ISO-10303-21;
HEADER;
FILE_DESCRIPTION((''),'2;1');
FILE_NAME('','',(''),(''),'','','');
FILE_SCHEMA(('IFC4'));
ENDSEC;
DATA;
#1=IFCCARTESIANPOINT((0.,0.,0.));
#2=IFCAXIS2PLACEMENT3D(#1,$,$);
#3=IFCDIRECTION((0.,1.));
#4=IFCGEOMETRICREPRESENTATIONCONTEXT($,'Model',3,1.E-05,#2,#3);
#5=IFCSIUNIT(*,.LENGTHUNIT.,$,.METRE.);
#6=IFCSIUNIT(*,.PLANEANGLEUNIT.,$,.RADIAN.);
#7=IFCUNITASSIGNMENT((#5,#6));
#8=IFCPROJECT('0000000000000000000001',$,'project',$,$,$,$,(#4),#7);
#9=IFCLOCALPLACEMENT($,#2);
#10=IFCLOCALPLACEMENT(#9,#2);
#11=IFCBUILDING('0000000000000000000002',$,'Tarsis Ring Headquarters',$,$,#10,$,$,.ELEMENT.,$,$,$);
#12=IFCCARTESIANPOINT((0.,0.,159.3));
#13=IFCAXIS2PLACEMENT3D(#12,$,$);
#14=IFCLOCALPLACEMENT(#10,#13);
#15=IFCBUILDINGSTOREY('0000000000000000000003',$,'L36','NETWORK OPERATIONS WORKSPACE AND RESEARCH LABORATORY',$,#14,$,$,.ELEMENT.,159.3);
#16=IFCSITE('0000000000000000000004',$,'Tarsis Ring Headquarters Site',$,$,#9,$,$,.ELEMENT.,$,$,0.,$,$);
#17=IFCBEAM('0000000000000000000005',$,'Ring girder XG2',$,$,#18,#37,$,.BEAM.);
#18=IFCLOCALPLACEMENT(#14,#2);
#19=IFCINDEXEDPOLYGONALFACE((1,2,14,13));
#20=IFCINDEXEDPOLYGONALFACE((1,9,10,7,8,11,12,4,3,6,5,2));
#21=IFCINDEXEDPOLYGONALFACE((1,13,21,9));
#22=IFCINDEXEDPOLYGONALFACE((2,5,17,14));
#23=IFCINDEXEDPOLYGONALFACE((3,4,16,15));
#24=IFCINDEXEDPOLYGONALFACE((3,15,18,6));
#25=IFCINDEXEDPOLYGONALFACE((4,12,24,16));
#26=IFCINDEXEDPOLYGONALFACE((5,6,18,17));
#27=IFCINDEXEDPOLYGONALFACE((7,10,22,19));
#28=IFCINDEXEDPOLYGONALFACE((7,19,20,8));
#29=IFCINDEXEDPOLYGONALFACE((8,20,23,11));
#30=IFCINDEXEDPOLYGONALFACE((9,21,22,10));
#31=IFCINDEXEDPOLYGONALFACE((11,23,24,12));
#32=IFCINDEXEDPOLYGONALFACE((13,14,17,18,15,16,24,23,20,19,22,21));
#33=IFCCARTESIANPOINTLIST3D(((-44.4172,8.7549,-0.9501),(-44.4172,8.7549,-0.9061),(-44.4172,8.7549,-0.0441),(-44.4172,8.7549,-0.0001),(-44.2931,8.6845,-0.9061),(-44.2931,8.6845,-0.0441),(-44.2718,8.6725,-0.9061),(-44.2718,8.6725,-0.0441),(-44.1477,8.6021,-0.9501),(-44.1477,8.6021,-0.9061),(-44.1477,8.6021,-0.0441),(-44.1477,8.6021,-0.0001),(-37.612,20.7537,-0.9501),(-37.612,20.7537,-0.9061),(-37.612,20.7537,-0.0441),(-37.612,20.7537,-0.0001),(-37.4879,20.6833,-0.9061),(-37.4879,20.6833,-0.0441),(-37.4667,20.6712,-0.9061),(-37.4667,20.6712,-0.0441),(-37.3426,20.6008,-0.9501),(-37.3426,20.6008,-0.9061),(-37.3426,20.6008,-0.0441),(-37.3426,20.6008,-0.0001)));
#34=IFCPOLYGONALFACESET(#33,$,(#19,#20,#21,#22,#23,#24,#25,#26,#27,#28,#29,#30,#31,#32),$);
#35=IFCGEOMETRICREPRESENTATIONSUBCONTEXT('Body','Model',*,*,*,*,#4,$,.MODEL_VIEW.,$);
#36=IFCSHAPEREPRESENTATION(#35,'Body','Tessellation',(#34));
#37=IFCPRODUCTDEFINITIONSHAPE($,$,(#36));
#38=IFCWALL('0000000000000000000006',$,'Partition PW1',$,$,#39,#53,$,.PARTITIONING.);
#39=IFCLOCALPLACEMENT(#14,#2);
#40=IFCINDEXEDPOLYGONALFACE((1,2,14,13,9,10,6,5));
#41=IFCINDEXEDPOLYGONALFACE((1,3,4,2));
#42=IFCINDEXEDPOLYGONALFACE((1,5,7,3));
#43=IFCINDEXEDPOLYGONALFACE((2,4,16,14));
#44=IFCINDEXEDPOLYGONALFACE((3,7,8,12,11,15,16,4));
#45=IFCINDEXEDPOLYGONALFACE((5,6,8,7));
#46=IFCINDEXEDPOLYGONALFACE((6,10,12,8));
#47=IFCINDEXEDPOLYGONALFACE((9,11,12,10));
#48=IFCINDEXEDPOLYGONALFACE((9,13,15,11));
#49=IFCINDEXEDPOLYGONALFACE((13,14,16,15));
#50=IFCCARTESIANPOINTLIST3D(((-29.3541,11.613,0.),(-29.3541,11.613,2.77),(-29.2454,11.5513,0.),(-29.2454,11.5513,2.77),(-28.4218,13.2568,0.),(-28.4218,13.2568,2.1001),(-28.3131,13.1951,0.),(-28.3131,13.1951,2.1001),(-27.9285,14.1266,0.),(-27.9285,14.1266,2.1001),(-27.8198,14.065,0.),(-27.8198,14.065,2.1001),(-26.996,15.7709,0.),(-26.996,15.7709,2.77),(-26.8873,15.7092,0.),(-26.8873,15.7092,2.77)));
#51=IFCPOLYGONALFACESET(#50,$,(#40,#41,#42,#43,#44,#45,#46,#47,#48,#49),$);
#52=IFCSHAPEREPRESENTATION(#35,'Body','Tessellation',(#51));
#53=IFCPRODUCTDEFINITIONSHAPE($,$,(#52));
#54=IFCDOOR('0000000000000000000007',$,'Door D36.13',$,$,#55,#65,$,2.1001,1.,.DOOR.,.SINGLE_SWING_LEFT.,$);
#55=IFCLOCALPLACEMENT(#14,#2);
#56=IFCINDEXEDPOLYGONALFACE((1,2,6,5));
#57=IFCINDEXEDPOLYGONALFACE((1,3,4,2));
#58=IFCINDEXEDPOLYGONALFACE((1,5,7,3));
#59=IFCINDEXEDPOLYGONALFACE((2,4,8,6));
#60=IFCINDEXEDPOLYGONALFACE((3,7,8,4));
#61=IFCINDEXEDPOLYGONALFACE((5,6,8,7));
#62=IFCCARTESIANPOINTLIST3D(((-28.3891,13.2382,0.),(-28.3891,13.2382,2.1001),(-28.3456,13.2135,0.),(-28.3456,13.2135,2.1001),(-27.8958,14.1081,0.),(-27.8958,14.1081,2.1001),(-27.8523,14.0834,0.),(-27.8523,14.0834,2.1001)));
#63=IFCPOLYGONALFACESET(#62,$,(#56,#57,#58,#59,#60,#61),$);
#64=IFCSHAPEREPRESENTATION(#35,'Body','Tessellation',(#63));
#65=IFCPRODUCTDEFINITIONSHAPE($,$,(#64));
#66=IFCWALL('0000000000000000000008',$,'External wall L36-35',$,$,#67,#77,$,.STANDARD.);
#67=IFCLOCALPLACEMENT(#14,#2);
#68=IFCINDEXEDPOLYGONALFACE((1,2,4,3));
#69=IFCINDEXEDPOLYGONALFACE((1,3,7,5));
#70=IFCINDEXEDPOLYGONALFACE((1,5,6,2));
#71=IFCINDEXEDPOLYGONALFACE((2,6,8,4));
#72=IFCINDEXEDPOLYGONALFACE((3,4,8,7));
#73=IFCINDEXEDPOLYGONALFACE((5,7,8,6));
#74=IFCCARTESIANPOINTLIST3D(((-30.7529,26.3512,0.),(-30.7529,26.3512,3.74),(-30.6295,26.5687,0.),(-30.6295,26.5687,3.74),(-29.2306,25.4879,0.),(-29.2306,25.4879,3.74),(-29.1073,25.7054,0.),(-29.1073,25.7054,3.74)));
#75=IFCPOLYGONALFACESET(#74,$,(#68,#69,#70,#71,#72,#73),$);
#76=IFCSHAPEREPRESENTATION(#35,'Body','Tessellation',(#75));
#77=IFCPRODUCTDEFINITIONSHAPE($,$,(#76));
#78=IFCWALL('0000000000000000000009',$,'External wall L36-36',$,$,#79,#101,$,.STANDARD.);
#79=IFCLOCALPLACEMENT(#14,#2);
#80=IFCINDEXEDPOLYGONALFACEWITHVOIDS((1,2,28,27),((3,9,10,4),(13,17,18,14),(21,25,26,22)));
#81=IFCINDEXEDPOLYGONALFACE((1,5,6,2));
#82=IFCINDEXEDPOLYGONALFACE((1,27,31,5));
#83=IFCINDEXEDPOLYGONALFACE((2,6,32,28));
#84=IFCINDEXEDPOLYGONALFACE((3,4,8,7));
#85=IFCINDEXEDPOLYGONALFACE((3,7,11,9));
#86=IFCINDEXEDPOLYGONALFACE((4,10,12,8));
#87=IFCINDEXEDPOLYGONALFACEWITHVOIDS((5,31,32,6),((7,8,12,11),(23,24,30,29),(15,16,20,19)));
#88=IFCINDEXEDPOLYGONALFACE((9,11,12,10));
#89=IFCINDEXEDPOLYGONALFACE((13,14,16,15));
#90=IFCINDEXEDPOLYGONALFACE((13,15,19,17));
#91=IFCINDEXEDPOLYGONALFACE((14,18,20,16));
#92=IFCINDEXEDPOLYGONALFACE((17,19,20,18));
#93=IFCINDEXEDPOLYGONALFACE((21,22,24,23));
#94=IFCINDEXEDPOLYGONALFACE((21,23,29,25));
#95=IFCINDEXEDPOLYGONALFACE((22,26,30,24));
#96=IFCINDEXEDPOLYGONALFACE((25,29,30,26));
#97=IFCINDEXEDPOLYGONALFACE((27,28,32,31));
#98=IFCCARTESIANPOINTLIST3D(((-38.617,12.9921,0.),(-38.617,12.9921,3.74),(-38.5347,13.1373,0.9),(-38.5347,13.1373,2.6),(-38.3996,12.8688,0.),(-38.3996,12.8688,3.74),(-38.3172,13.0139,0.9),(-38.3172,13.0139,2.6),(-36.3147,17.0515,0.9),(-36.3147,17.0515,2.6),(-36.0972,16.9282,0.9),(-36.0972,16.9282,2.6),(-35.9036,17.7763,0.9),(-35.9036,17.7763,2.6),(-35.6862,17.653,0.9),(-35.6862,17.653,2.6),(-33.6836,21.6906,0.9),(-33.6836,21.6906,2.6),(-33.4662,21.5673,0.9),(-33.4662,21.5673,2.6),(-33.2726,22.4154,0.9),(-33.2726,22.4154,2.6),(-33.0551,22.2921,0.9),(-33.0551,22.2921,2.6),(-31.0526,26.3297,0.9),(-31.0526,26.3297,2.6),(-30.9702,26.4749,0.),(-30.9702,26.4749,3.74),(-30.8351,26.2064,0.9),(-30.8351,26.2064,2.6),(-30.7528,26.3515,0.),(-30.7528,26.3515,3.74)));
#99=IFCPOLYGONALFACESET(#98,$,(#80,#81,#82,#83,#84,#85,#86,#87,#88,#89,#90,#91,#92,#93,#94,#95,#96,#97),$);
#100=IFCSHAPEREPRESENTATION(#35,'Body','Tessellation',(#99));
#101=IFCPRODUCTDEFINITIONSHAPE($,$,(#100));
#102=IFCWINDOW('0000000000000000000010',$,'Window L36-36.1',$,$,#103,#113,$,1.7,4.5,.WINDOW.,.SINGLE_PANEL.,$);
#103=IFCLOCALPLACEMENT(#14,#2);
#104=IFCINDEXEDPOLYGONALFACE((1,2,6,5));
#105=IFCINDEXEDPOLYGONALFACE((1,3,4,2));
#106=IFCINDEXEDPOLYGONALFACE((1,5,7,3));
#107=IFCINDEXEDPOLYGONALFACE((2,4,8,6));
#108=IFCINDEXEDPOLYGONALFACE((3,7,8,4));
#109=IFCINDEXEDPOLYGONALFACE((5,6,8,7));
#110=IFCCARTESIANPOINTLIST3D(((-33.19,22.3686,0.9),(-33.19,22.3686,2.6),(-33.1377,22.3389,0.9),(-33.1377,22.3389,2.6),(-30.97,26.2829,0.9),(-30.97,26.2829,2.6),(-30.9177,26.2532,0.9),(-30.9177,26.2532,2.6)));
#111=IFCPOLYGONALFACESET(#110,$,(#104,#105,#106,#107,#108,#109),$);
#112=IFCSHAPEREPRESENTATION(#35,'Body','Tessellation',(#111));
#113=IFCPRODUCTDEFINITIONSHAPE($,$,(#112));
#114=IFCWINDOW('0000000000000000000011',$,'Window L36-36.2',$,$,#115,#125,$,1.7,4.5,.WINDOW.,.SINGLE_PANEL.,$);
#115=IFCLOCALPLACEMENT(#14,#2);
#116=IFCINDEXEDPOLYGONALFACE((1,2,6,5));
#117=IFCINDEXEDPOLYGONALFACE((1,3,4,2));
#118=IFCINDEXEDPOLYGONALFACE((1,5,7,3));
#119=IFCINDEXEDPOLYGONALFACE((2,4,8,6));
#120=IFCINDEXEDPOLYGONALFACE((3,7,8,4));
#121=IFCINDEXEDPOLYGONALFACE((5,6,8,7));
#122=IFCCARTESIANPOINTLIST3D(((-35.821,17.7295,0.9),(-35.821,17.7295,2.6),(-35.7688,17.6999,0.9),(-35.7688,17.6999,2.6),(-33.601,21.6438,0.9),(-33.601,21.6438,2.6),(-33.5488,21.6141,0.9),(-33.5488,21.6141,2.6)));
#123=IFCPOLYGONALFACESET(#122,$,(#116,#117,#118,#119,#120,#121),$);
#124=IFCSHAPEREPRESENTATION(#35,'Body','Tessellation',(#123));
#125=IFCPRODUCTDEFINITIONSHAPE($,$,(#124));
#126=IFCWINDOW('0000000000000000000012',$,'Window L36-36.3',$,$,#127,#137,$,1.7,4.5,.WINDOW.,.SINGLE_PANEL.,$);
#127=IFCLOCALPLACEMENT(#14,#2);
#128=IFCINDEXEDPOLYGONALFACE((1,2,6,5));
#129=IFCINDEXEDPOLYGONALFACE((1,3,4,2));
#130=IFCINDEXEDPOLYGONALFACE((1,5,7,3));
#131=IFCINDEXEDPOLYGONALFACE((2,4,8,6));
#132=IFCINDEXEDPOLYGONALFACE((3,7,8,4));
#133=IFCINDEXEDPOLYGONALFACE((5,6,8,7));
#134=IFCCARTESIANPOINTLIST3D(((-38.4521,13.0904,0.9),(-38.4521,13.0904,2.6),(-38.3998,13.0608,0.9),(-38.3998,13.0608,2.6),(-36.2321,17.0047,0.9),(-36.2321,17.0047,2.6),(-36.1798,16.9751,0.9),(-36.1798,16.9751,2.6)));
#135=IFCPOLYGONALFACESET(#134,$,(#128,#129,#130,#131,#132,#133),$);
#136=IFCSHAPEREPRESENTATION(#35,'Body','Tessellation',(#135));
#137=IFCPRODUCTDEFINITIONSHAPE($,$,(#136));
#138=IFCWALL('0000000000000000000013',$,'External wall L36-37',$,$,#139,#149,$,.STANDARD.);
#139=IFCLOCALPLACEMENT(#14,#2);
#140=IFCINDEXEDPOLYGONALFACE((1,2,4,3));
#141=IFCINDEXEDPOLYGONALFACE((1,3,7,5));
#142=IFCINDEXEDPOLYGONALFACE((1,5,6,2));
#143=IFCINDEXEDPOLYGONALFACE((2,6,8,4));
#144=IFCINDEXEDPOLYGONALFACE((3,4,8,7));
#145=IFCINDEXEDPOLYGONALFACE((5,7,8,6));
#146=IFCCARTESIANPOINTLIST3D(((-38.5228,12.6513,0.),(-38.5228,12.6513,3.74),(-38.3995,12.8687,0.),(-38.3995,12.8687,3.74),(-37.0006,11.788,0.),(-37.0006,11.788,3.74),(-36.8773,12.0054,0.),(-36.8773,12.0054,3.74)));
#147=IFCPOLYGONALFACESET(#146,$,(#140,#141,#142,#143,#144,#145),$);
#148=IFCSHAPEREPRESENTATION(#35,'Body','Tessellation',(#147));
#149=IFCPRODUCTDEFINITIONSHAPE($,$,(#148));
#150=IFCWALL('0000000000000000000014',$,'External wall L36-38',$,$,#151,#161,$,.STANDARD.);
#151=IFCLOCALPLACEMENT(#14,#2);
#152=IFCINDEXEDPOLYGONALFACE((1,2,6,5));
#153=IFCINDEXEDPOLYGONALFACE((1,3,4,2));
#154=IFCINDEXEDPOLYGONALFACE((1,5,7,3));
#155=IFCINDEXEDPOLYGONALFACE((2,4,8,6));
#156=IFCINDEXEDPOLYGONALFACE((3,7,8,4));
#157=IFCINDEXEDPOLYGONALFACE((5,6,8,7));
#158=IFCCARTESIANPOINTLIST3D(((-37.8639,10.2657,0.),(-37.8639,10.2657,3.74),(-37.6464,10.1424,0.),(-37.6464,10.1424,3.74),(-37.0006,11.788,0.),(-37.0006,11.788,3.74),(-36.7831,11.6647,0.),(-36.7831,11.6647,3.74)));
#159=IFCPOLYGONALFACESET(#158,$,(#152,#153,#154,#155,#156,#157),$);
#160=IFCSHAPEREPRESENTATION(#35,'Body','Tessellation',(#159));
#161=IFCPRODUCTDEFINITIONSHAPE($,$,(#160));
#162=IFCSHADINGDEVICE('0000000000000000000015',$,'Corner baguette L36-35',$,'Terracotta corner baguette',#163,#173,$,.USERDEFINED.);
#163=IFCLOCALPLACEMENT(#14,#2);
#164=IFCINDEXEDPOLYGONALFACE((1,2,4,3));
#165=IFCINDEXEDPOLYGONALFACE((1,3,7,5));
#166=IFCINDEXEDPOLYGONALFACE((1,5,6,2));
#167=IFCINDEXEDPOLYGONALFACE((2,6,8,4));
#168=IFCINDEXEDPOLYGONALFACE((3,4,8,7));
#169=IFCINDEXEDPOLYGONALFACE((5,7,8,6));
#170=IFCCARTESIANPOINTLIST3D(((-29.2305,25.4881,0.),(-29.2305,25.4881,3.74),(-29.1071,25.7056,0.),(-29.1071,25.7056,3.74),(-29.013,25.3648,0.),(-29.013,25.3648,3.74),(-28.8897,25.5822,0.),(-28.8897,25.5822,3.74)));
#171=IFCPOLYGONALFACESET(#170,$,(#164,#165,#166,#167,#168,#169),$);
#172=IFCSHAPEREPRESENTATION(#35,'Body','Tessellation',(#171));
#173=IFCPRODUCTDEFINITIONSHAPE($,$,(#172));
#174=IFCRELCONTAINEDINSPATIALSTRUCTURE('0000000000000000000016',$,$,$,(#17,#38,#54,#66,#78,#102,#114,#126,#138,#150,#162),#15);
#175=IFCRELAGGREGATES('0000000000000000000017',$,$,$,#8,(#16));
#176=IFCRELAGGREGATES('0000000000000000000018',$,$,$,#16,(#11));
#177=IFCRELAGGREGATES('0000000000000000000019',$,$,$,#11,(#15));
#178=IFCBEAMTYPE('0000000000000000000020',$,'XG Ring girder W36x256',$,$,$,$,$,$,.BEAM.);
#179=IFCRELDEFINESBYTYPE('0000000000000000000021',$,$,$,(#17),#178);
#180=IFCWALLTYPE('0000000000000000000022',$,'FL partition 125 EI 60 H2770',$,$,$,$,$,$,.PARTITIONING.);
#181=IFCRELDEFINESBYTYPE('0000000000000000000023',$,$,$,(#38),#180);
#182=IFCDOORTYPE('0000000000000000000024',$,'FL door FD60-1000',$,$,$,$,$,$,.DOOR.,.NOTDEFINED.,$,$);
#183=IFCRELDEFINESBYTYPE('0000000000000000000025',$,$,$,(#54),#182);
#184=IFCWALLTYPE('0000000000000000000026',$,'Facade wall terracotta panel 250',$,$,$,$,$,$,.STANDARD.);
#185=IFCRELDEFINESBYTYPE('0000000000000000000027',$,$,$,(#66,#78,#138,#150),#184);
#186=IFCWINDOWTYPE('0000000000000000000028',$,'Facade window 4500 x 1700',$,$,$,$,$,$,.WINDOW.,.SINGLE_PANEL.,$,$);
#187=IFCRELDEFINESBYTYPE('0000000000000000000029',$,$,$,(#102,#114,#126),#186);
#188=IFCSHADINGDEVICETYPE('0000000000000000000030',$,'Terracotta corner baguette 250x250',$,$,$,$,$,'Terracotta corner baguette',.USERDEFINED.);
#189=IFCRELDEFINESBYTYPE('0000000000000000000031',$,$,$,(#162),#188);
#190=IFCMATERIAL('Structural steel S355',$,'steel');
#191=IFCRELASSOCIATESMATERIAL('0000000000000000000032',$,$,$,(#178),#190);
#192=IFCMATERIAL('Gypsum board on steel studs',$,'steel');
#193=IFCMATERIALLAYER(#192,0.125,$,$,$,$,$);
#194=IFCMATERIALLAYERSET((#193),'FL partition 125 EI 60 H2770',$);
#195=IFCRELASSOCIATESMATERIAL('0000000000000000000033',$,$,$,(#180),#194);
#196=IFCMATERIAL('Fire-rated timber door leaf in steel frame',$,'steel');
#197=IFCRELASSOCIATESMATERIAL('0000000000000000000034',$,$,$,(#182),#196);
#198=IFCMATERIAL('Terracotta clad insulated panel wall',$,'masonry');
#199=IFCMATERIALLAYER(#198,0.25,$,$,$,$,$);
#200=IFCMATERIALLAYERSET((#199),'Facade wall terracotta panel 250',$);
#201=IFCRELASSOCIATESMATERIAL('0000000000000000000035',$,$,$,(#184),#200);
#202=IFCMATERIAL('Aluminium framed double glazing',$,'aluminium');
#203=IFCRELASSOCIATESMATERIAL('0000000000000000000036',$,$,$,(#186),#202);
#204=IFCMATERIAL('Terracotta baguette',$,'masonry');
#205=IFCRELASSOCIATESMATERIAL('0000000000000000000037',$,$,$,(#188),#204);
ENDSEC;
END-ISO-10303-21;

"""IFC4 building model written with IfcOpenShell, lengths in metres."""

from ifc_helpers import new_model, si_unit, direction, frame, frame_2d, origin, origin_2d, place, context, subcontext, project, spatial, rectangle, i_section, extrude, material, layer, layer_set, material_profile, profile_set, type_object, element, fill, save


model = new_model("IFC4")

# Units and contexts
model_context = context("Model", 3, precision=1e-05, world=origin(), true_north=direction((0.0, 1.0)))
body_context = subcontext(model_context, "Body", "Model", "MODEL_VIEW")
ifc_project = project(units=[si_unit("LENGTHUNIT", "METRE"), si_unit("PLANEANGLEUNIT", "RADIAN")], contexts=[model_context])

# Site, building, storey
site_placement = place(None, origin())
site = spatial("IfcSite", under=ifc_project, at=site_placement, Name="Tarsis Ring Headquarters Site", CompositionType="ELEMENT", RefElevation=0.0)
building_placement = place(site_placement, origin())
building = spatial("IfcBuilding", under=site, at=building_placement, Name="Tarsis Ring Headquarters", CompositionType="ELEMENT")
storey_placement = place(building_placement, frame((0.0, 0.0, 159.3)))
storey = spatial("IfcBuildingStorey", under=building, at=storey_placement, Name="L36", Description="NETWORK OPERATIONS WORKSPACE AND RESEARCH LABORATORY", CompositionType="ELEMENT", Elevation=159.3)

# Shared definitions
ifc_material_1 = material(Name="Structural steel S355", Category="steel")

# Beam
ifc_material_profile_1 = material_profile(ifc_material_1, i_section(OverallWidth=0.3098, OverallDepth=0.95, WebThickness=0.0244, FlangeThickness=0.0439, at=origin_2d()), Name="W36x256")
ifc_profile_set_1 = profile_set([ifc_material_profile_1], Name="Structural steel S355")
beam_type = type_object("IfcBeamType", Name="XG Ring girder W36x256", PredefinedType="BEAM", material=ifc_profile_set_1)
beam_1_placement = place(storey_placement, frame((-37.4773, 20.6772, -0.4751), z_axis=(-0.493335, -0.86984, 0.0), x_axis=(0.86984, -0.493335, 0.0)))
element("IfcBeam", 1, at=beam_1_placement, inside=storey, type_object=beam_type, Name="Ring girder XG2", PredefinedType="BEAM", context=body_context, shape_type="SweptSolid", body=[
    extrude(i_section(OverallWidth=0.3098, OverallDepth=0.95, WebThickness=0.0244, FlangeThickness=0.0439, at=origin_2d()), origin(), (0.0, 0.0, 1.0), 13.7942),
])

# Wall, opening, door
ifc_material_2 = material(Name="Gypsum board on steel studs", Category="steel")
ifc_layer_1 = layer(ifc_material_2, 0.125)
ifc_layer_set_1 = layer_set([ifc_layer_1], Name="FL partition 125 EI 60 H2770")
wall_type_1 = type_object("IfcWallType", Name="FL partition 125 EI 60 H2770", PredefinedType="PARTITIONING", material=ifc_layer_set_1)
wall_1_placement = place(storey_placement, frame((-29.2998, 11.582, 0.0), z_axis=(0.0, 0.0, 1.0), x_axis=(0.493326, 0.869845, 0.0)))
wall_1 = element("IfcWall", 2, at=wall_1_placement, inside=storey, type_object=wall_type_1, Name="Partition PW1", PredefinedType="PARTITIONING", context=body_context, shape_type="SweptSolid", body=[
    extrude(rectangle(XDim=4.78, YDim=0.125, at=frame_2d((2.3901, 0.0))), origin(), (0.0, 0.0, 1.0), 2.77),
])
opening_1_placement = place(wall_1_placement, frame((1.8899, 0.0, 0.0)))
opening_1 = element("IfcOpeningElement", 3, at=opening_1_placement, cuts=wall_1, PredefinedType="OPENING", context=body_context, shape_type="SweptSolid", body=[
    extrude(rectangle(XDim=1.0, YDim=2.1001, at=frame_2d((0.5, 1.05))), frame((0.0, 0.0725, 0.0), z_axis=(0.0, -1.0, 0.0), x_axis=(1.0, 0.0, 0.0)), (0.0, 0.0, 1.0), 0.145),
])
ifc_material_3 = material(Name="Fire-rated timber door leaf in steel frame", Category="steel")
door_type = type_object("IfcDoorType", Name="FL door FD60-1000", OperationType="NOTDEFINED", PredefinedType="DOOR", material=ifc_material_3)
door_placement = place(opening_1_placement, origin())
door = element("IfcDoor", 4, at=door_placement, inside=storey, type_object=door_type, Name="Door D36.13", OperationType="SINGLE_SWING_LEFT", OverallHeight=2.1001, OverallWidth=1.0, PredefinedType="DOOR", context=body_context, shape_type="SweptSolid", body=[
    extrude(rectangle(XDim=1.0, YDim=2.1001, at=frame_2d((0.5, 1.05))), frame((0.0, 0.0249, 0.0), z_axis=(0.0, -1.0, 0.0), x_axis=(1.0, 0.0, 0.0)), (0.0, 0.0, 1.0), 0.05),
])
fill(opening_1, door)

# Wall
ifc_material_4 = material(Name="Terracotta clad insulated panel wall", Category="masonry")
ifc_layer_2 = layer(ifc_material_4, 0.25)
ifc_layer_set_2 = layer_set([ifc_layer_2], Name="Facade wall terracotta panel 250")
wall_type_2 = type_object("IfcWallType", Name="Facade wall terracotta panel 250", PredefinedType="STANDARD", material=ifc_layer_set_2)
wall_2_placement = place(storey_placement, frame((-29.1689, 25.5967, 0.0), z_axis=(0.0, 0.0, 1.0), x_axis=(-0.869853, 0.493312, 0.0)))
element("IfcWall", 5, at=wall_2_placement, inside=storey, type_object=wall_type_2, Name="External wall L36-35", PredefinedType="STANDARD", context=body_context, shape_type="SweptSolid", body=[
    extrude(rectangle(XDim=1.75, YDim=0.25, at=frame_2d((0.875, 0.0))), origin(), (0.0, 0.0, 1.0), 3.74),
])

# Wall, openings, windows
wall_3_placement = place(storey_placement, frame((-30.8616, 26.4131, 0.0), z_axis=(0.0, 0.0, 1.0), x_axis=(-0.493332, -0.869841, 0.0)))
wall_3 = element("IfcWall", 6, at=wall_3_placement, inside=storey, type_object=wall_type_2, Name="External wall L36-36", PredefinedType="STANDARD", context=body_context, shape_type="SweptSolid", body=[
    extrude(rectangle(XDim=15.5002, YDim=0.25, at=frame_2d((7.75, 0.0))), origin(), (0.0, 0.0, 1.0), 3.74),
])
opening_2_placement = place(wall_3_placement, frame((0.1667, 0.0, 0.8999)))
opening_2 = element("IfcOpeningElement", 7, at=opening_2_placement, cuts=wall_3, PredefinedType="OPENING", context=body_context, shape_type="SweptSolid", body=[
    extrude(rectangle(XDim=4.5, YDim=1.7, at=frame_2d((2.25, 0.8501))), frame((0.0, 0.135, 0.0), z_axis=(0.0, -1.0, 0.0), x_axis=(1.0, 0.0, 0.0)), (0.0, 0.0, 1.0), 0.27),
])
opening_3_placement = place(wall_3_placement, frame((5.5, 0.0, 0.8999)))
opening_3 = element("IfcOpeningElement", 8, at=opening_3_placement, cuts=wall_3, PredefinedType="OPENING", context=body_context, shape_type="SweptSolid", body=[
    extrude(rectangle(XDim=4.5, YDim=1.7, at=frame_2d((2.25, 0.8501))), frame((0.0, 0.135, 0.0), z_axis=(0.0, -1.0, 0.0), x_axis=(1.0, 0.0, 0.0)), (0.0, 0.0, 1.0), 0.27),
])
opening_4_placement = place(wall_3_placement, frame((10.8333, 0.0, 0.8999)))
opening_4 = element("IfcOpeningElement", 9, at=opening_4_placement, cuts=wall_3, PredefinedType="OPENING", context=body_context, shape_type="SweptSolid", body=[
    extrude(rectangle(XDim=4.5, YDim=1.7, at=frame_2d((2.25, 0.8501))), frame((0.0, 0.135, 0.0), z_axis=(0.0, -1.0, 0.0), x_axis=(1.0, 0.0, 0.0)), (0.0, 0.0, 1.0), 0.27),
])
ifc_material_5 = material(Name="Aluminium framed double glazing", Category="aluminium")
window_type = type_object("IfcWindowType", Name="Facade window 4500 x 1700", PartitioningType="SINGLE_PANEL", PredefinedType="WINDOW", material=ifc_material_5)
window_1_placement = place(opening_2_placement, origin())
window_1 = element("IfcWindow", 10, at=window_1_placement, inside=storey, type_object=window_type, Name="Window L36-36.1", OverallHeight=1.7, OverallWidth=4.5, PartitioningType="SINGLE_PANEL", PredefinedType="WINDOW", context=body_context, shape_type="SweptSolid", body=[
    extrude(rectangle(XDim=4.5, YDim=1.7, at=frame_2d((2.25, 0.8501))), frame((0.0, 0.03, 0.0), z_axis=(0.0, -1.0, 0.0), x_axis=(1.0, 0.0, 0.0)), (0.0, 0.0, 1.0), 0.0601),
])
fill(opening_2, window_1)
window_2_placement = place(opening_3_placement, origin())
window_2 = element("IfcWindow", 11, at=window_2_placement, inside=storey, type_object=window_type, Name="Window L36-36.2", OverallHeight=1.7, OverallWidth=4.5, PartitioningType="SINGLE_PANEL", PredefinedType="WINDOW", context=body_context, shape_type="SweptSolid", body=[
    extrude(rectangle(XDim=4.5, YDim=1.7, at=frame_2d((2.25, 0.8501))), frame((0.0, 0.03, 0.0), z_axis=(0.0, -1.0, 0.0), x_axis=(1.0, 0.0, 0.0)), (0.0, 0.0, 1.0), 0.0601),
])
fill(opening_3, window_2)
window_3_placement = place(opening_4_placement, origin())
window_3 = element("IfcWindow", 12, at=window_3_placement, inside=storey, type_object=window_type, Name="Window L36-36.3", OverallHeight=1.7, OverallWidth=4.5, PartitioningType="SINGLE_PANEL", PredefinedType="WINDOW", context=body_context, shape_type="SweptSolid", body=[
    extrude(rectangle(XDim=4.5, YDim=1.7, at=frame_2d((2.25, 0.8501))), frame((0.0, 0.03, 0.0), z_axis=(0.0, -1.0, 0.0), x_axis=(1.0, 0.0, 0.0)), (0.0, 0.0, 1.0), 0.0601),
])
fill(opening_4, window_3)

# Walls
for number, where, z_axis, x_axis, name in (
    (13, (-38.4612, 12.76, 0.0), (0.0, 0.0, 1.0), (0.869853, -0.493312, 0.0), "External wall L36-37"),
    (14, (-36.8918, 11.7263, 0.0), (0.0, 0.0, 1.0), (-0.493312, -0.869853, 0.0), "External wall L36-38"),
):
    element("IfcWall", number, at=place(storey_placement, frame(where, z_axis=z_axis, x_axis=x_axis)), inside=storey, type_object=wall_type_2, Name=name, PredefinedType="STANDARD", context=body_context, shape_type="SweptSolid", body=[
        extrude(rectangle(XDim=1.75, YDim=0.25, at=frame_2d((0.875, 0.0))), origin(), (0.0, 0.0, 1.0), 3.74),
    ])

# Shading device
ifc_material_6 = material(Name="Terracotta baguette", Category="masonry")
shading_device_type_1 = type_object("IfcShadingDeviceType", Name="Terracotta corner baguette 250x250", ElementType="Terracotta corner baguette", PredefinedType="USERDEFINED", material=ifc_material_6)
for number, where, z_axis, x_axis, name in (
    (15, (-29.0601, 25.5352, 0.0), (0.0, 0.0, 1.0), (-0.493335, -0.86984, 0.0), "Corner baguette L36-35"),
):
    element("IfcShadingDevice", number, at=place(storey_placement, frame(where, z_axis=z_axis, x_axis=x_axis)), inside=storey, type_object=shading_device_type_1, Name=name, ObjectType="Terracotta corner baguette", PredefinedType="USERDEFINED", context=body_context, shape_type="SweptSolid", body=[
        extrude(rectangle(XDim=0.25, YDim=0.25, at=origin_2d()), origin(), (0.0, 0.0, 1.0), 3.74),
    ])

save(model, "model.ifc")
